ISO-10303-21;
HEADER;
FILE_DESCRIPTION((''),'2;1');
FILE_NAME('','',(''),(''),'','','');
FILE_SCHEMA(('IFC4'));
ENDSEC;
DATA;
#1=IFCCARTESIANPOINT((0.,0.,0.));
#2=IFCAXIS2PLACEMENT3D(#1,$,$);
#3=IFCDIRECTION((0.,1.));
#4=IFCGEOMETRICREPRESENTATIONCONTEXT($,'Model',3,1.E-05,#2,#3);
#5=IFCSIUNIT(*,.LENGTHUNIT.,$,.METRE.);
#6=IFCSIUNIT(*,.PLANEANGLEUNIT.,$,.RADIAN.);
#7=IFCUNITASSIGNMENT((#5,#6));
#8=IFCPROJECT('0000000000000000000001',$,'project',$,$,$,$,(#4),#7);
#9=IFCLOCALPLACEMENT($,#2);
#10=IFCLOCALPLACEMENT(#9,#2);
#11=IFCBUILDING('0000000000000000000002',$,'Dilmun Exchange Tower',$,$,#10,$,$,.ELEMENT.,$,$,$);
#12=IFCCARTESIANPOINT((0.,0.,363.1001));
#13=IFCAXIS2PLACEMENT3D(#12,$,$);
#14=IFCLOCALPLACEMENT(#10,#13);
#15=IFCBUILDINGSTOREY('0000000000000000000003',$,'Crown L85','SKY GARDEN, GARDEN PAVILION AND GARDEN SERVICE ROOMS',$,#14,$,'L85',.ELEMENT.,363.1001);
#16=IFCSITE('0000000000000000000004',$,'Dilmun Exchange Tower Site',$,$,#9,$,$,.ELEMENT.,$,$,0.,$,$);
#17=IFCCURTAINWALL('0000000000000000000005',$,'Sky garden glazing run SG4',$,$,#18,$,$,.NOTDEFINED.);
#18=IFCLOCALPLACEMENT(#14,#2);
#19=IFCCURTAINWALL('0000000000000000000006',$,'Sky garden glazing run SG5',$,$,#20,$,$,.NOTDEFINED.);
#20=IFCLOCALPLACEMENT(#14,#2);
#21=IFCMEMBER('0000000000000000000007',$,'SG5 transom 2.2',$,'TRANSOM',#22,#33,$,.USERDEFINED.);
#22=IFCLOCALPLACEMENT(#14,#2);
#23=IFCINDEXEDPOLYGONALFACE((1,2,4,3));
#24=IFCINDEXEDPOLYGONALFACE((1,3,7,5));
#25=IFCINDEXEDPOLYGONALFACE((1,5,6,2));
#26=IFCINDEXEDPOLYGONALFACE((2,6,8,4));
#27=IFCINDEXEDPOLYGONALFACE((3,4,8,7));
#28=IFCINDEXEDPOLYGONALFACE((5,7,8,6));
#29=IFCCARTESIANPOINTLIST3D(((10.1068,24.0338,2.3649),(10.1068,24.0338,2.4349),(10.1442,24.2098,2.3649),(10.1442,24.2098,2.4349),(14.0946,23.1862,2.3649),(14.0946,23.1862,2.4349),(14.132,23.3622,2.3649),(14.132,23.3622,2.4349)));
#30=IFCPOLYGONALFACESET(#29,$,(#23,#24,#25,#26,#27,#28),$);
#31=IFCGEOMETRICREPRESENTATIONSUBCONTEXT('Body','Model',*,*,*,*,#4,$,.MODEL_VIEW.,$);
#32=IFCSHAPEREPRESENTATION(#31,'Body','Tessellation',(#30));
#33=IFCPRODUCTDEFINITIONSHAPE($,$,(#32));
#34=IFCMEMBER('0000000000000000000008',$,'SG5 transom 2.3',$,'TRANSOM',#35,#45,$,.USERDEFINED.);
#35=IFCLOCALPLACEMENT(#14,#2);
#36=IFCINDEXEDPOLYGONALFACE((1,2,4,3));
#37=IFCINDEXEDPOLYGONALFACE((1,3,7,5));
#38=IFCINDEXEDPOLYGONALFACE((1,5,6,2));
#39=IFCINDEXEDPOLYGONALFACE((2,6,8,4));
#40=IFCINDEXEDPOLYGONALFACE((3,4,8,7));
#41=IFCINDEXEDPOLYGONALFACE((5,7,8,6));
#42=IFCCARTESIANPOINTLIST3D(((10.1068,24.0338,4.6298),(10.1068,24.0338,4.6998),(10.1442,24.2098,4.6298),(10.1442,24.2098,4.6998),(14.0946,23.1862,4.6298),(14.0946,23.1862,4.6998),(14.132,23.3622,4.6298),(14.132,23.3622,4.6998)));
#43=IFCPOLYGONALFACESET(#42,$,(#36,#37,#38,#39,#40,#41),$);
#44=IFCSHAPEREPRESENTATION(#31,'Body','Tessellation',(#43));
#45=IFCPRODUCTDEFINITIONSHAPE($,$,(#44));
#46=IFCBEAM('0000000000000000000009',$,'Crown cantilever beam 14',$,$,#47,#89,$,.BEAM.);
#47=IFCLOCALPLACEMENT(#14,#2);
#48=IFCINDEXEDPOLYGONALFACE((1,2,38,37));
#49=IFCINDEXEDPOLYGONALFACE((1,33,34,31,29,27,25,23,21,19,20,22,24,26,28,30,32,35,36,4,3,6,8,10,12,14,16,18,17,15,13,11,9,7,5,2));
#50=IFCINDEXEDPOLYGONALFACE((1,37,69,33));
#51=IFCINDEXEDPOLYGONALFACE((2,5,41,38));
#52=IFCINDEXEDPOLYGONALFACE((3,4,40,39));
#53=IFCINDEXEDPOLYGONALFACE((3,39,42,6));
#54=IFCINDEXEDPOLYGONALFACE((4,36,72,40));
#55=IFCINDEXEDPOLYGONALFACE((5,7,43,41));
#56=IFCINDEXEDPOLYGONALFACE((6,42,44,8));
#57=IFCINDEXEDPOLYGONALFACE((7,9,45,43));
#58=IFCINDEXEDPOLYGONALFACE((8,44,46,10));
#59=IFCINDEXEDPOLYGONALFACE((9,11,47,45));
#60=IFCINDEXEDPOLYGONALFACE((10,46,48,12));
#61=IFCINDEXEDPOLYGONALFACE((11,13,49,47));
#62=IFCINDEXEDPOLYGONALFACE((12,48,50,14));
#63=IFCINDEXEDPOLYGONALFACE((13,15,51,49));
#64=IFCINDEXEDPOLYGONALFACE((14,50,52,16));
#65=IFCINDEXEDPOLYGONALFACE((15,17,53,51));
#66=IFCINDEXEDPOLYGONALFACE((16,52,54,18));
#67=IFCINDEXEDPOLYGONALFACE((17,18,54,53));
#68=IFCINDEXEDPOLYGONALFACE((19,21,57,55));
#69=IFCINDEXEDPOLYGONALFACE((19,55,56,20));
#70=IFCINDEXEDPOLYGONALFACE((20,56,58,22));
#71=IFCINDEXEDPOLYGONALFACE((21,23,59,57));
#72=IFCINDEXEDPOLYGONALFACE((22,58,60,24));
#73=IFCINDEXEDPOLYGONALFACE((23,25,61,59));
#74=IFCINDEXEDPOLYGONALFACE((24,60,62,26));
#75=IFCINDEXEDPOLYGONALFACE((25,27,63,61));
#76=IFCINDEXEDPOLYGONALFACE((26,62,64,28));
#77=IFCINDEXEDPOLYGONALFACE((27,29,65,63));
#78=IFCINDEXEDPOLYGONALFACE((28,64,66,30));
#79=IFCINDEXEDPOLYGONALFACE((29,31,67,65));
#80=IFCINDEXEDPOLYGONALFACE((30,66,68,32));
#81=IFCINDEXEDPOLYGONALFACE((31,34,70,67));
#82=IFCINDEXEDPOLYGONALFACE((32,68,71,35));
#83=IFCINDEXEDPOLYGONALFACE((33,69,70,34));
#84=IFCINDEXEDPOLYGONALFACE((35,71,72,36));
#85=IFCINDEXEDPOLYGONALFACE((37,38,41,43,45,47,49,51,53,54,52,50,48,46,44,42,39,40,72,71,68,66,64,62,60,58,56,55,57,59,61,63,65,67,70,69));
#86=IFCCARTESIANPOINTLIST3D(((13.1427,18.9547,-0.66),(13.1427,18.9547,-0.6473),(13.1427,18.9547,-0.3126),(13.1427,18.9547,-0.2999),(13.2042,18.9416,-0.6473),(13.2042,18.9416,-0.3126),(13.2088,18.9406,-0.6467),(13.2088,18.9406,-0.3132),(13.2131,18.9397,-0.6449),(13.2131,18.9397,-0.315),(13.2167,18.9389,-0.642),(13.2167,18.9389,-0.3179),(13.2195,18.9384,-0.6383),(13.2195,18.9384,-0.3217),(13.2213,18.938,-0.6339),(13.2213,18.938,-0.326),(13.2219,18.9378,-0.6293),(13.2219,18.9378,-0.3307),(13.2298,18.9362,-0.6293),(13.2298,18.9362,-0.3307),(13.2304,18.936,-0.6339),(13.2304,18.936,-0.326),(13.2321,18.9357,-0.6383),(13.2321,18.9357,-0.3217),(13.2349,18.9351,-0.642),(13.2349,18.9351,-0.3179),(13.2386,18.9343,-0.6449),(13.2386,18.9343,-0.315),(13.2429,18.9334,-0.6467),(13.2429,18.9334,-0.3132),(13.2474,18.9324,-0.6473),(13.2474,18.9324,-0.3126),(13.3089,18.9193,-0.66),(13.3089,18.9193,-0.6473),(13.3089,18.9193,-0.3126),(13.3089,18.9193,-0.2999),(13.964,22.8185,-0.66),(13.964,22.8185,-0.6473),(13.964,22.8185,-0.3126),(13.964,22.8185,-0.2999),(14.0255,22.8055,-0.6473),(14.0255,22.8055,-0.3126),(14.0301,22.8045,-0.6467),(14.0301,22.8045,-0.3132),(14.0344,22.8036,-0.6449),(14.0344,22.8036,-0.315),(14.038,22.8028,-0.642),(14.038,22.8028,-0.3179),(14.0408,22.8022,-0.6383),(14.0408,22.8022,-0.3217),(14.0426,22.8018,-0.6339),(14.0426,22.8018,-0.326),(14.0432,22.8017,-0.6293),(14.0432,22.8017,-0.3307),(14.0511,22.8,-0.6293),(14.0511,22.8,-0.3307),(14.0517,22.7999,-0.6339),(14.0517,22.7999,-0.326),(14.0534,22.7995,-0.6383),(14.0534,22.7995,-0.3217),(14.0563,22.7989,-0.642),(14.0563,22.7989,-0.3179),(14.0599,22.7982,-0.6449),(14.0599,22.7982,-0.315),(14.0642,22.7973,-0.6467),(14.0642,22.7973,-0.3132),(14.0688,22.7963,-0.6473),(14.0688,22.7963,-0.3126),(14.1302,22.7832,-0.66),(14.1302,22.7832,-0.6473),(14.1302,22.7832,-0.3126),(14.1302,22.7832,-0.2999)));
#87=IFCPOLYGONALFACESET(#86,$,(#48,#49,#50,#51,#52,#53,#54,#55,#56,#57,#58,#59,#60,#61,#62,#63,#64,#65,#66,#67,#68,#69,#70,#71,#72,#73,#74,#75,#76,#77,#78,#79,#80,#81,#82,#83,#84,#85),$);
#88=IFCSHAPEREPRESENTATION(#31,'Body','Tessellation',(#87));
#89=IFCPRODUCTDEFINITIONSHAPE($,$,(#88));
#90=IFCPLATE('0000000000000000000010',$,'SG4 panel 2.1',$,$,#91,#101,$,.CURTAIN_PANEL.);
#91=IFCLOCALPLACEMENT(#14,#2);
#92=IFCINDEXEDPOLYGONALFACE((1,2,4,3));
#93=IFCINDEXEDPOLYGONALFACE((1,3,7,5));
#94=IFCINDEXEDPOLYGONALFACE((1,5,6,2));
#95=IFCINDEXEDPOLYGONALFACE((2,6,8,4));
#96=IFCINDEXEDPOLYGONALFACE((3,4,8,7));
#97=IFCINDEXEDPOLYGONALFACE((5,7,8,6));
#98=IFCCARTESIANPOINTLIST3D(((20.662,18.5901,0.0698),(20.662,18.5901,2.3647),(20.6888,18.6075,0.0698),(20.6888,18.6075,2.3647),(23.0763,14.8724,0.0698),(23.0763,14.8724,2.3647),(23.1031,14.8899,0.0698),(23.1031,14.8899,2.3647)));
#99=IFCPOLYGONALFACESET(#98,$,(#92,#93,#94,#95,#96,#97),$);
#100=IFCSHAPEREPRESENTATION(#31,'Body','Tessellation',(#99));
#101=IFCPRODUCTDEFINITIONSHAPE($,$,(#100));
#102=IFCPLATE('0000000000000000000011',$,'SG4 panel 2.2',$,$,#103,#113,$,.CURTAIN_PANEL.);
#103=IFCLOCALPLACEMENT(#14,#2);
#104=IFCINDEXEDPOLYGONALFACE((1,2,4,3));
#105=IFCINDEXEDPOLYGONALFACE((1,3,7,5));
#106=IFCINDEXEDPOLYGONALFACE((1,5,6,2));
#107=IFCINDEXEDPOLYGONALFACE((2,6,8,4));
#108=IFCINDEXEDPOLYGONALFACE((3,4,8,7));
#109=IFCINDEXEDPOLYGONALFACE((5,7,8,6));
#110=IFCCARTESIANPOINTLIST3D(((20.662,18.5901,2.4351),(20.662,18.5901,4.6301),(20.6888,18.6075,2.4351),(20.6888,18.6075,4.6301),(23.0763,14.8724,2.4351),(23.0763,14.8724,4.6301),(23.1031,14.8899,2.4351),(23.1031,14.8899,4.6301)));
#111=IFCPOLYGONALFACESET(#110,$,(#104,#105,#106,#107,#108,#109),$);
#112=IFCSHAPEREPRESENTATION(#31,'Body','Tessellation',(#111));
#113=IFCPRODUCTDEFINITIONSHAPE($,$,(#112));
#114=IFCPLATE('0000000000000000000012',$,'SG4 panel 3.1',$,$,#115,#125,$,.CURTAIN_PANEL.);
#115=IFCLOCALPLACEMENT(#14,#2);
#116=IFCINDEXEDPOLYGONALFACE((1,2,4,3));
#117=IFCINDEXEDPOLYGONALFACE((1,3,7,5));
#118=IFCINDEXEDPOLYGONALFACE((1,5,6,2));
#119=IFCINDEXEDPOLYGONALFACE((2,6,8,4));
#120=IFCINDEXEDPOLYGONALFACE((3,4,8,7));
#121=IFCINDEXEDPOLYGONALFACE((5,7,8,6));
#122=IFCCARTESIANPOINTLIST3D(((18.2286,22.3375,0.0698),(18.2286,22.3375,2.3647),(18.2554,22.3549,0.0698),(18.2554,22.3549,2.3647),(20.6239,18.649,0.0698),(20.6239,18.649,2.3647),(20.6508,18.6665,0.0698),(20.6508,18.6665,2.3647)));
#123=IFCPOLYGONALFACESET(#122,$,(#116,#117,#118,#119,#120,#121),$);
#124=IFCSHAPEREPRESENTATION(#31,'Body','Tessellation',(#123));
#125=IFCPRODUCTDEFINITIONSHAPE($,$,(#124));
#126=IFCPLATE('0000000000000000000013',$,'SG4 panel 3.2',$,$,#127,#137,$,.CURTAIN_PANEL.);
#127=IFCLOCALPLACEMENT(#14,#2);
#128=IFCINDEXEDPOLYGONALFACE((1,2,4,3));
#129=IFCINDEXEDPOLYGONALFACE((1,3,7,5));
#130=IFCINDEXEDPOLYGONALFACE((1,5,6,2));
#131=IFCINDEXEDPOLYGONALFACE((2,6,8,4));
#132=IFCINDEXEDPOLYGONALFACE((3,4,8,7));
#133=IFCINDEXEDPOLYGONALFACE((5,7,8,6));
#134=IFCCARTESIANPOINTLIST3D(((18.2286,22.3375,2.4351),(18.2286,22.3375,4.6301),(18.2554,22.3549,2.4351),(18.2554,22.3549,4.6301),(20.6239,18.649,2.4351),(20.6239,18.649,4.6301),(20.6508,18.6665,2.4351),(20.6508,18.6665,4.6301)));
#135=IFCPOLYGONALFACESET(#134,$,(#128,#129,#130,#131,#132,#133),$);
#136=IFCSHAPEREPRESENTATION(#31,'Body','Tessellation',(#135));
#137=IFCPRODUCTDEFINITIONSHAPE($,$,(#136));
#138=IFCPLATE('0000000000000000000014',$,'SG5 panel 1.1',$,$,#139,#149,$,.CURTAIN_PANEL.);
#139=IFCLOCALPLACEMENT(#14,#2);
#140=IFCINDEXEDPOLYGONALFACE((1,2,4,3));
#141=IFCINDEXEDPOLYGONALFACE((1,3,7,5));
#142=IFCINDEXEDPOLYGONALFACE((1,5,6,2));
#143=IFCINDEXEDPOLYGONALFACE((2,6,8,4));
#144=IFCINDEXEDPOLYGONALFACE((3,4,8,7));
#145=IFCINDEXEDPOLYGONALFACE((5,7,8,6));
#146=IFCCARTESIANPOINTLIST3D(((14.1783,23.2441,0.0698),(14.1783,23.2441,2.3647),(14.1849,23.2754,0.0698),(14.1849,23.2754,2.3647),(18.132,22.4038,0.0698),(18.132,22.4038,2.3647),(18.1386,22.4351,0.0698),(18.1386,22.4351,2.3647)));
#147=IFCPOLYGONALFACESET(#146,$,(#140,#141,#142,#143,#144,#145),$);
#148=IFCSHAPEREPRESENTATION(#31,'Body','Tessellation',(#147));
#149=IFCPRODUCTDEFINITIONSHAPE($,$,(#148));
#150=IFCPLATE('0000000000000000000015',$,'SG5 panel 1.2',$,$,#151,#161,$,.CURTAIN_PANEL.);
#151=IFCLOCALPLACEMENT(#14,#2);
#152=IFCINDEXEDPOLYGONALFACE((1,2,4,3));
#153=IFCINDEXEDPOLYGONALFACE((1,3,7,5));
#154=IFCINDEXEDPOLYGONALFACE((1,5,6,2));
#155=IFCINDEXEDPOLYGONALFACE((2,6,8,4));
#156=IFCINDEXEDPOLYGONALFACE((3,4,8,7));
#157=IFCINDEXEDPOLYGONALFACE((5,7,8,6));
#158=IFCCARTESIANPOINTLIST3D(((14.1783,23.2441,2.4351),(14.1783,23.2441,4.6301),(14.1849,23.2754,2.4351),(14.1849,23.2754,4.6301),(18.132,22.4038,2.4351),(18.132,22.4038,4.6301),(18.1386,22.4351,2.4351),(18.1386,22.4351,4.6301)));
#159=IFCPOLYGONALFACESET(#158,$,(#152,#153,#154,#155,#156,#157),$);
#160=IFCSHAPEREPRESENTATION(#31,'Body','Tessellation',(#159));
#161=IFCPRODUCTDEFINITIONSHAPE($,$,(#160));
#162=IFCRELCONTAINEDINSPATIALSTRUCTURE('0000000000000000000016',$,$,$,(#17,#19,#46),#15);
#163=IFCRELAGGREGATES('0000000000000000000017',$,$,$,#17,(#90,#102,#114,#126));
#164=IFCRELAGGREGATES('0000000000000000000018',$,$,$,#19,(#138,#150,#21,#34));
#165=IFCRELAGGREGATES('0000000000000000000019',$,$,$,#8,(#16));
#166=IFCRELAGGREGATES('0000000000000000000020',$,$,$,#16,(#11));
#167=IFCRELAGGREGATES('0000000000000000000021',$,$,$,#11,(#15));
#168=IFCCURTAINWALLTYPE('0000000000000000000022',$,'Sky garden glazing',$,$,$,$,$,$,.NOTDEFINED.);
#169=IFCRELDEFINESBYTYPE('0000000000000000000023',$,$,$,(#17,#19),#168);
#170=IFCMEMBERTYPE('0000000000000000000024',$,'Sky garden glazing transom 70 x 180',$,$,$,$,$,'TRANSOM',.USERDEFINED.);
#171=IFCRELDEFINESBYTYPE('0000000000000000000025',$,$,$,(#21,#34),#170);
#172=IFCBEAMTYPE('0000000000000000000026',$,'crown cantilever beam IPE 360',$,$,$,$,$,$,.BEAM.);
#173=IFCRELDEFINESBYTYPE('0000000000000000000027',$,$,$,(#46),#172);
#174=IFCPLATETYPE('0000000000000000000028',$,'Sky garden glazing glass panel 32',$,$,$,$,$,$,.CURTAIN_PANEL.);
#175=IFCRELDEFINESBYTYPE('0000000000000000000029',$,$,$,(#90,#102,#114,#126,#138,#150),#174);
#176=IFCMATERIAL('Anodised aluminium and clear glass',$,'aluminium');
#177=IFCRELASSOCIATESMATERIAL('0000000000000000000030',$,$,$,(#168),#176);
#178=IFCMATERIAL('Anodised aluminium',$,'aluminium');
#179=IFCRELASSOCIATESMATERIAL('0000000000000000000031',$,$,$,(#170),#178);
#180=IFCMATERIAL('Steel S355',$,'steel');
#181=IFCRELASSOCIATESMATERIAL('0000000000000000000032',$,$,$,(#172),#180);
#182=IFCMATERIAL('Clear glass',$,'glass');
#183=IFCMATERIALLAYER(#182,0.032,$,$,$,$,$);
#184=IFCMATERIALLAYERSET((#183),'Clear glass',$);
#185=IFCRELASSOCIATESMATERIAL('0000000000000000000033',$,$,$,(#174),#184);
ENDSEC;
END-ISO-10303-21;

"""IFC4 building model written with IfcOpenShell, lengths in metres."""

from ifc_helpers import new_model, si_unit, direction, frame, origin, origin_2d, place, context, subcontext, project, spatial, rectangle, i_section, extrude, material, layer, layer_set, material_profile, profile_set, type_object, element, aggregate, save


model = new_model("IFC4")

# Units and contexts
model_context = context("Model", 3, precision=1e-05, world=origin(), true_north=direction((0.0, 1.0)))
body_context = subcontext(model_context, "Body", "Model", "MODEL_VIEW")
ifc_project = project(units=[si_unit("LENGTHUNIT", "METRE"), si_unit("PLANEANGLEUNIT", "RADIAN")], contexts=[model_context])

# Site, building, storey
site_placement = place(None, origin())
site = spatial("IfcSite", under=ifc_project, at=site_placement, Name="Dilmun Exchange Tower Site", CompositionType="ELEMENT", RefElevation=0.0)
building_placement = place(site_placement, origin())
building = spatial("IfcBuilding", under=site, at=building_placement, Name="Dilmun Exchange Tower", CompositionType="ELEMENT")
storey_placement = place(building_placement, frame((0.0, 0.0, 363.1001)))
storey = spatial("IfcBuildingStorey", under=building, at=storey_placement, Name="Crown L85", Description="SKY GARDEN, GARDEN PAVILION AND GARDEN SERVICE ROOMS", LongName="L85", CompositionType="ELEMENT", Elevation=363.1001)

# Curtain walls
ifc_material_1 = material(Name="Anodised aluminium and clear glass", Category="aluminium")
curtain_wall_type = type_object("IfcCurtainWallType", Name="Sky garden glazing", PredefinedType="NOTDEFINED", material=ifc_material_1)
curtain_wall_1_placement = place(storey_placement, origin())
curtain_wall_1 = element("IfcCurtainWall", 1, at=curtain_wall_1_placement, inside=storey, type_object=curtain_wall_type, Name="Sky garden glazing run SG4", PredefinedType="NOTDEFINED")
ifc_material_2 = material(Name="Anodised aluminium", Category="aluminium")
curtain_wall_2_placement = place(storey_placement, origin())
curtain_wall_2 = element("IfcCurtainWall", 2, at=curtain_wall_2_placement, inside=storey, type_object=curtain_wall_type, Name="Sky garden glazing run SG5", PredefinedType="NOTDEFINED")

# Members
ifc_material_profile_1 = material_profile(ifc_material_2, rectangle(XDim=0.1799, YDim=0.0701, at=origin_2d()), Name="AL 70x180")
ifc_profile_set_1 = profile_set([ifc_material_profile_1], Name="Anodised aluminium")
member_type_1 = type_object("IfcMemberType", Name="Sky garden glazing transom 70 x 180", ElementType="TRANSOM", PredefinedType="USERDEFINED", material=ifc_profile_set_1)
member_1_placement = place(storey_placement, frame((14.1133, 23.2742, 2.3999), z_axis=(-0.978146, 0.207917, 0.0), x_axis=(-0.207917, -0.978146, 0.0)))
member_1 = element("IfcMember", 3, at=member_1_placement, type_object=member_type_1, Name="SG5 transom 2.2", ObjectType="TRANSOM", PredefinedType="USERDEFINED", context=body_context, shape_type="SweptSolid", body=[
    extrude(rectangle(XDim=0.1799, YDim=0.0701, at=origin_2d()), origin(), (0.0, 0.0, 1.0), 4.0769),
])
member_2_placement = place(storey_placement, frame((14.1133, 23.2742, 4.6648), z_axis=(-0.978146, 0.207917, 0.0), x_axis=(-0.207917, -0.978146, 0.0)))
member_2 = element("IfcMember", 4, at=member_2_placement, type_object=member_type_1, Name="SG5 transom 2.3", ObjectType="TRANSOM", PredefinedType="USERDEFINED", context=body_context, shape_type="SweptSolid", body=[
    extrude(rectangle(XDim=0.1799, YDim=0.0701, at=origin_2d()), origin(), (0.0, 0.0, 1.0), 4.0769),
])

# Beam
ifc_material_3 = material(Name="Steel S355", Category="steel")
ifc_material_profile_2 = material_profile(ifc_material_3, i_section(OverallWidth=0.1699, OverallDepth=0.3601, WebThickness=0.0081, FlangeThickness=0.0127, FilletRadius=0.0181, at=origin_2d()), Name="IPE 360")
ifc_profile_set_2 = profile_set([ifc_material_profile_2], Name="Steel S355")
beam_type = type_object("IfcBeamType", Name="crown cantilever beam IPE 360", PredefinedType="BEAM", material=ifc_profile_set_2)
beam_placement = place(storey_placement, frame((13.2258, 18.937, -0.48), z_axis=(0.207916, 0.978147, 0.0), x_axis=(-0.978147, 0.207916, 0.0)))
element("IfcBeam", 5, at=beam_placement, inside=storey, type_object=beam_type, Name="Crown cantilever beam 14", PredefinedType="BEAM", context=body_context, shape_type="SweptSolid", body=[
    extrude(i_section(OverallWidth=0.1699, OverallDepth=0.3601, WebThickness=0.0081, FlangeThickness=0.0127, FilletRadius=0.0181, at=origin_2d()), origin(), (0.0, 0.0, 1.0), 3.9502),
])

# Plates
ifc_material_4 = material(Name="Clear glass", Category="glass")
ifc_layer = layer(ifc_material_4, 0.032)
ifc_layer_set = layer_set([ifc_layer], Name="Clear glass")
plate_type = type_object("IfcPlateType", Name="Sky garden glazing glass panel 32", PredefinedType="CURTAIN_PANEL", material=ifc_layer_set)
plate_1_placement = place(storey_placement, frame((21.8826, 16.74, 0.0698), z_axis=(0.0, 0.0, 1.0), x_axis=(-0.544644, 0.838667, 0.0)))
plate_1 = element("IfcPlate", 6, at=plate_1_placement, type_object=plate_type, Name="SG4 panel 2.1", PredefinedType="CURTAIN_PANEL", context=body_context, shape_type="SweptSolid", body=[
    extrude(rectangle(XDim=4.4329, YDim=0.032, at=origin_2d()), origin(), (0.0, 0.0, 1.0), 2.2949),
])
plate_2_placement = place(storey_placement, frame((21.8826, 16.74, 2.4351), z_axis=(0.0, 0.0, 1.0), x_axis=(-0.544644, 0.838667, 0.0)))
plate_2 = element("IfcPlate", 7, at=plate_2_placement, type_object=plate_type, Name="SG4 panel 2.2", PredefinedType="CURTAIN_PANEL", context=body_context, shape_type="SweptSolid", body=[
    extrude(rectangle(XDim=4.4329, YDim=0.032, at=origin_2d()), origin(), (0.0, 0.0, 1.0), 2.1951),
])
plate_3_placement = place(storey_placement, frame((19.4397, 20.502, 0.0698), z_axis=(0.0, 0.0, 1.0), x_axis=(-0.544644, 0.838667, 0.0)))
plate_3 = element("IfcPlate", 8, at=plate_3_placement, type_object=plate_type, Name="SG4 panel 3.1", PredefinedType="CURTAIN_PANEL", context=body_context, shape_type="SweptSolid", body=[
    extrude(rectangle(XDim=4.3979, YDim=0.032, at=origin_2d()), origin(), (0.0, 0.0, 1.0), 2.2949),
])
plate_4_placement = place(storey_placement, frame((19.4397, 20.502, 2.4351), z_axis=(0.0, 0.0, 1.0), x_axis=(-0.544644, 0.838667, 0.0)))
plate_4 = element("IfcPlate", 9, at=plate_4_placement, type_object=plate_type, Name="SG4 panel 3.2", PredefinedType="CURTAIN_PANEL", context=body_context, shape_type="SweptSolid", body=[
    extrude(rectangle(XDim=4.3979, YDim=0.032, at=origin_2d()), origin(), (0.0, 0.0, 1.0), 2.1951),
])
aggregate(curtain_wall_1, [plate_1, plate_2, plate_3, plate_4])
plate_5_placement = place(storey_placement, frame((16.1584, 22.8396, 0.0698), z_axis=(0.0, 0.0, 1.0), x_axis=(-0.978148, 0.20791, 0.0)))
plate_5 = element("IfcPlate", 10, at=plate_5_placement, type_object=plate_type, Name="SG5 panel 1.1", PredefinedType="CURTAIN_PANEL", context=body_context, shape_type="SweptSolid", body=[
    extrude(rectangle(XDim=4.042, YDim=0.032, at=origin_2d()), origin(), (0.0, 0.0, 1.0), 2.2949),
])
plate_6_placement = place(storey_placement, frame((16.1584, 22.8396, 2.4351), z_axis=(0.0, 0.0, 1.0), x_axis=(-0.978148, 0.20791, 0.0)))
plate_6 = element("IfcPlate", 11, at=plate_6_placement, type_object=plate_type, Name="SG5 panel 1.2", PredefinedType="CURTAIN_PANEL", context=body_context, shape_type="SweptSolid", body=[
    extrude(rectangle(XDim=4.042, YDim=0.032, at=origin_2d()), origin(), (0.0, 0.0, 1.0), 2.1951),
])
aggregate(curtain_wall_2, [plate_5, plate_6, member_1, member_2])

save(model, "model.ifc")
